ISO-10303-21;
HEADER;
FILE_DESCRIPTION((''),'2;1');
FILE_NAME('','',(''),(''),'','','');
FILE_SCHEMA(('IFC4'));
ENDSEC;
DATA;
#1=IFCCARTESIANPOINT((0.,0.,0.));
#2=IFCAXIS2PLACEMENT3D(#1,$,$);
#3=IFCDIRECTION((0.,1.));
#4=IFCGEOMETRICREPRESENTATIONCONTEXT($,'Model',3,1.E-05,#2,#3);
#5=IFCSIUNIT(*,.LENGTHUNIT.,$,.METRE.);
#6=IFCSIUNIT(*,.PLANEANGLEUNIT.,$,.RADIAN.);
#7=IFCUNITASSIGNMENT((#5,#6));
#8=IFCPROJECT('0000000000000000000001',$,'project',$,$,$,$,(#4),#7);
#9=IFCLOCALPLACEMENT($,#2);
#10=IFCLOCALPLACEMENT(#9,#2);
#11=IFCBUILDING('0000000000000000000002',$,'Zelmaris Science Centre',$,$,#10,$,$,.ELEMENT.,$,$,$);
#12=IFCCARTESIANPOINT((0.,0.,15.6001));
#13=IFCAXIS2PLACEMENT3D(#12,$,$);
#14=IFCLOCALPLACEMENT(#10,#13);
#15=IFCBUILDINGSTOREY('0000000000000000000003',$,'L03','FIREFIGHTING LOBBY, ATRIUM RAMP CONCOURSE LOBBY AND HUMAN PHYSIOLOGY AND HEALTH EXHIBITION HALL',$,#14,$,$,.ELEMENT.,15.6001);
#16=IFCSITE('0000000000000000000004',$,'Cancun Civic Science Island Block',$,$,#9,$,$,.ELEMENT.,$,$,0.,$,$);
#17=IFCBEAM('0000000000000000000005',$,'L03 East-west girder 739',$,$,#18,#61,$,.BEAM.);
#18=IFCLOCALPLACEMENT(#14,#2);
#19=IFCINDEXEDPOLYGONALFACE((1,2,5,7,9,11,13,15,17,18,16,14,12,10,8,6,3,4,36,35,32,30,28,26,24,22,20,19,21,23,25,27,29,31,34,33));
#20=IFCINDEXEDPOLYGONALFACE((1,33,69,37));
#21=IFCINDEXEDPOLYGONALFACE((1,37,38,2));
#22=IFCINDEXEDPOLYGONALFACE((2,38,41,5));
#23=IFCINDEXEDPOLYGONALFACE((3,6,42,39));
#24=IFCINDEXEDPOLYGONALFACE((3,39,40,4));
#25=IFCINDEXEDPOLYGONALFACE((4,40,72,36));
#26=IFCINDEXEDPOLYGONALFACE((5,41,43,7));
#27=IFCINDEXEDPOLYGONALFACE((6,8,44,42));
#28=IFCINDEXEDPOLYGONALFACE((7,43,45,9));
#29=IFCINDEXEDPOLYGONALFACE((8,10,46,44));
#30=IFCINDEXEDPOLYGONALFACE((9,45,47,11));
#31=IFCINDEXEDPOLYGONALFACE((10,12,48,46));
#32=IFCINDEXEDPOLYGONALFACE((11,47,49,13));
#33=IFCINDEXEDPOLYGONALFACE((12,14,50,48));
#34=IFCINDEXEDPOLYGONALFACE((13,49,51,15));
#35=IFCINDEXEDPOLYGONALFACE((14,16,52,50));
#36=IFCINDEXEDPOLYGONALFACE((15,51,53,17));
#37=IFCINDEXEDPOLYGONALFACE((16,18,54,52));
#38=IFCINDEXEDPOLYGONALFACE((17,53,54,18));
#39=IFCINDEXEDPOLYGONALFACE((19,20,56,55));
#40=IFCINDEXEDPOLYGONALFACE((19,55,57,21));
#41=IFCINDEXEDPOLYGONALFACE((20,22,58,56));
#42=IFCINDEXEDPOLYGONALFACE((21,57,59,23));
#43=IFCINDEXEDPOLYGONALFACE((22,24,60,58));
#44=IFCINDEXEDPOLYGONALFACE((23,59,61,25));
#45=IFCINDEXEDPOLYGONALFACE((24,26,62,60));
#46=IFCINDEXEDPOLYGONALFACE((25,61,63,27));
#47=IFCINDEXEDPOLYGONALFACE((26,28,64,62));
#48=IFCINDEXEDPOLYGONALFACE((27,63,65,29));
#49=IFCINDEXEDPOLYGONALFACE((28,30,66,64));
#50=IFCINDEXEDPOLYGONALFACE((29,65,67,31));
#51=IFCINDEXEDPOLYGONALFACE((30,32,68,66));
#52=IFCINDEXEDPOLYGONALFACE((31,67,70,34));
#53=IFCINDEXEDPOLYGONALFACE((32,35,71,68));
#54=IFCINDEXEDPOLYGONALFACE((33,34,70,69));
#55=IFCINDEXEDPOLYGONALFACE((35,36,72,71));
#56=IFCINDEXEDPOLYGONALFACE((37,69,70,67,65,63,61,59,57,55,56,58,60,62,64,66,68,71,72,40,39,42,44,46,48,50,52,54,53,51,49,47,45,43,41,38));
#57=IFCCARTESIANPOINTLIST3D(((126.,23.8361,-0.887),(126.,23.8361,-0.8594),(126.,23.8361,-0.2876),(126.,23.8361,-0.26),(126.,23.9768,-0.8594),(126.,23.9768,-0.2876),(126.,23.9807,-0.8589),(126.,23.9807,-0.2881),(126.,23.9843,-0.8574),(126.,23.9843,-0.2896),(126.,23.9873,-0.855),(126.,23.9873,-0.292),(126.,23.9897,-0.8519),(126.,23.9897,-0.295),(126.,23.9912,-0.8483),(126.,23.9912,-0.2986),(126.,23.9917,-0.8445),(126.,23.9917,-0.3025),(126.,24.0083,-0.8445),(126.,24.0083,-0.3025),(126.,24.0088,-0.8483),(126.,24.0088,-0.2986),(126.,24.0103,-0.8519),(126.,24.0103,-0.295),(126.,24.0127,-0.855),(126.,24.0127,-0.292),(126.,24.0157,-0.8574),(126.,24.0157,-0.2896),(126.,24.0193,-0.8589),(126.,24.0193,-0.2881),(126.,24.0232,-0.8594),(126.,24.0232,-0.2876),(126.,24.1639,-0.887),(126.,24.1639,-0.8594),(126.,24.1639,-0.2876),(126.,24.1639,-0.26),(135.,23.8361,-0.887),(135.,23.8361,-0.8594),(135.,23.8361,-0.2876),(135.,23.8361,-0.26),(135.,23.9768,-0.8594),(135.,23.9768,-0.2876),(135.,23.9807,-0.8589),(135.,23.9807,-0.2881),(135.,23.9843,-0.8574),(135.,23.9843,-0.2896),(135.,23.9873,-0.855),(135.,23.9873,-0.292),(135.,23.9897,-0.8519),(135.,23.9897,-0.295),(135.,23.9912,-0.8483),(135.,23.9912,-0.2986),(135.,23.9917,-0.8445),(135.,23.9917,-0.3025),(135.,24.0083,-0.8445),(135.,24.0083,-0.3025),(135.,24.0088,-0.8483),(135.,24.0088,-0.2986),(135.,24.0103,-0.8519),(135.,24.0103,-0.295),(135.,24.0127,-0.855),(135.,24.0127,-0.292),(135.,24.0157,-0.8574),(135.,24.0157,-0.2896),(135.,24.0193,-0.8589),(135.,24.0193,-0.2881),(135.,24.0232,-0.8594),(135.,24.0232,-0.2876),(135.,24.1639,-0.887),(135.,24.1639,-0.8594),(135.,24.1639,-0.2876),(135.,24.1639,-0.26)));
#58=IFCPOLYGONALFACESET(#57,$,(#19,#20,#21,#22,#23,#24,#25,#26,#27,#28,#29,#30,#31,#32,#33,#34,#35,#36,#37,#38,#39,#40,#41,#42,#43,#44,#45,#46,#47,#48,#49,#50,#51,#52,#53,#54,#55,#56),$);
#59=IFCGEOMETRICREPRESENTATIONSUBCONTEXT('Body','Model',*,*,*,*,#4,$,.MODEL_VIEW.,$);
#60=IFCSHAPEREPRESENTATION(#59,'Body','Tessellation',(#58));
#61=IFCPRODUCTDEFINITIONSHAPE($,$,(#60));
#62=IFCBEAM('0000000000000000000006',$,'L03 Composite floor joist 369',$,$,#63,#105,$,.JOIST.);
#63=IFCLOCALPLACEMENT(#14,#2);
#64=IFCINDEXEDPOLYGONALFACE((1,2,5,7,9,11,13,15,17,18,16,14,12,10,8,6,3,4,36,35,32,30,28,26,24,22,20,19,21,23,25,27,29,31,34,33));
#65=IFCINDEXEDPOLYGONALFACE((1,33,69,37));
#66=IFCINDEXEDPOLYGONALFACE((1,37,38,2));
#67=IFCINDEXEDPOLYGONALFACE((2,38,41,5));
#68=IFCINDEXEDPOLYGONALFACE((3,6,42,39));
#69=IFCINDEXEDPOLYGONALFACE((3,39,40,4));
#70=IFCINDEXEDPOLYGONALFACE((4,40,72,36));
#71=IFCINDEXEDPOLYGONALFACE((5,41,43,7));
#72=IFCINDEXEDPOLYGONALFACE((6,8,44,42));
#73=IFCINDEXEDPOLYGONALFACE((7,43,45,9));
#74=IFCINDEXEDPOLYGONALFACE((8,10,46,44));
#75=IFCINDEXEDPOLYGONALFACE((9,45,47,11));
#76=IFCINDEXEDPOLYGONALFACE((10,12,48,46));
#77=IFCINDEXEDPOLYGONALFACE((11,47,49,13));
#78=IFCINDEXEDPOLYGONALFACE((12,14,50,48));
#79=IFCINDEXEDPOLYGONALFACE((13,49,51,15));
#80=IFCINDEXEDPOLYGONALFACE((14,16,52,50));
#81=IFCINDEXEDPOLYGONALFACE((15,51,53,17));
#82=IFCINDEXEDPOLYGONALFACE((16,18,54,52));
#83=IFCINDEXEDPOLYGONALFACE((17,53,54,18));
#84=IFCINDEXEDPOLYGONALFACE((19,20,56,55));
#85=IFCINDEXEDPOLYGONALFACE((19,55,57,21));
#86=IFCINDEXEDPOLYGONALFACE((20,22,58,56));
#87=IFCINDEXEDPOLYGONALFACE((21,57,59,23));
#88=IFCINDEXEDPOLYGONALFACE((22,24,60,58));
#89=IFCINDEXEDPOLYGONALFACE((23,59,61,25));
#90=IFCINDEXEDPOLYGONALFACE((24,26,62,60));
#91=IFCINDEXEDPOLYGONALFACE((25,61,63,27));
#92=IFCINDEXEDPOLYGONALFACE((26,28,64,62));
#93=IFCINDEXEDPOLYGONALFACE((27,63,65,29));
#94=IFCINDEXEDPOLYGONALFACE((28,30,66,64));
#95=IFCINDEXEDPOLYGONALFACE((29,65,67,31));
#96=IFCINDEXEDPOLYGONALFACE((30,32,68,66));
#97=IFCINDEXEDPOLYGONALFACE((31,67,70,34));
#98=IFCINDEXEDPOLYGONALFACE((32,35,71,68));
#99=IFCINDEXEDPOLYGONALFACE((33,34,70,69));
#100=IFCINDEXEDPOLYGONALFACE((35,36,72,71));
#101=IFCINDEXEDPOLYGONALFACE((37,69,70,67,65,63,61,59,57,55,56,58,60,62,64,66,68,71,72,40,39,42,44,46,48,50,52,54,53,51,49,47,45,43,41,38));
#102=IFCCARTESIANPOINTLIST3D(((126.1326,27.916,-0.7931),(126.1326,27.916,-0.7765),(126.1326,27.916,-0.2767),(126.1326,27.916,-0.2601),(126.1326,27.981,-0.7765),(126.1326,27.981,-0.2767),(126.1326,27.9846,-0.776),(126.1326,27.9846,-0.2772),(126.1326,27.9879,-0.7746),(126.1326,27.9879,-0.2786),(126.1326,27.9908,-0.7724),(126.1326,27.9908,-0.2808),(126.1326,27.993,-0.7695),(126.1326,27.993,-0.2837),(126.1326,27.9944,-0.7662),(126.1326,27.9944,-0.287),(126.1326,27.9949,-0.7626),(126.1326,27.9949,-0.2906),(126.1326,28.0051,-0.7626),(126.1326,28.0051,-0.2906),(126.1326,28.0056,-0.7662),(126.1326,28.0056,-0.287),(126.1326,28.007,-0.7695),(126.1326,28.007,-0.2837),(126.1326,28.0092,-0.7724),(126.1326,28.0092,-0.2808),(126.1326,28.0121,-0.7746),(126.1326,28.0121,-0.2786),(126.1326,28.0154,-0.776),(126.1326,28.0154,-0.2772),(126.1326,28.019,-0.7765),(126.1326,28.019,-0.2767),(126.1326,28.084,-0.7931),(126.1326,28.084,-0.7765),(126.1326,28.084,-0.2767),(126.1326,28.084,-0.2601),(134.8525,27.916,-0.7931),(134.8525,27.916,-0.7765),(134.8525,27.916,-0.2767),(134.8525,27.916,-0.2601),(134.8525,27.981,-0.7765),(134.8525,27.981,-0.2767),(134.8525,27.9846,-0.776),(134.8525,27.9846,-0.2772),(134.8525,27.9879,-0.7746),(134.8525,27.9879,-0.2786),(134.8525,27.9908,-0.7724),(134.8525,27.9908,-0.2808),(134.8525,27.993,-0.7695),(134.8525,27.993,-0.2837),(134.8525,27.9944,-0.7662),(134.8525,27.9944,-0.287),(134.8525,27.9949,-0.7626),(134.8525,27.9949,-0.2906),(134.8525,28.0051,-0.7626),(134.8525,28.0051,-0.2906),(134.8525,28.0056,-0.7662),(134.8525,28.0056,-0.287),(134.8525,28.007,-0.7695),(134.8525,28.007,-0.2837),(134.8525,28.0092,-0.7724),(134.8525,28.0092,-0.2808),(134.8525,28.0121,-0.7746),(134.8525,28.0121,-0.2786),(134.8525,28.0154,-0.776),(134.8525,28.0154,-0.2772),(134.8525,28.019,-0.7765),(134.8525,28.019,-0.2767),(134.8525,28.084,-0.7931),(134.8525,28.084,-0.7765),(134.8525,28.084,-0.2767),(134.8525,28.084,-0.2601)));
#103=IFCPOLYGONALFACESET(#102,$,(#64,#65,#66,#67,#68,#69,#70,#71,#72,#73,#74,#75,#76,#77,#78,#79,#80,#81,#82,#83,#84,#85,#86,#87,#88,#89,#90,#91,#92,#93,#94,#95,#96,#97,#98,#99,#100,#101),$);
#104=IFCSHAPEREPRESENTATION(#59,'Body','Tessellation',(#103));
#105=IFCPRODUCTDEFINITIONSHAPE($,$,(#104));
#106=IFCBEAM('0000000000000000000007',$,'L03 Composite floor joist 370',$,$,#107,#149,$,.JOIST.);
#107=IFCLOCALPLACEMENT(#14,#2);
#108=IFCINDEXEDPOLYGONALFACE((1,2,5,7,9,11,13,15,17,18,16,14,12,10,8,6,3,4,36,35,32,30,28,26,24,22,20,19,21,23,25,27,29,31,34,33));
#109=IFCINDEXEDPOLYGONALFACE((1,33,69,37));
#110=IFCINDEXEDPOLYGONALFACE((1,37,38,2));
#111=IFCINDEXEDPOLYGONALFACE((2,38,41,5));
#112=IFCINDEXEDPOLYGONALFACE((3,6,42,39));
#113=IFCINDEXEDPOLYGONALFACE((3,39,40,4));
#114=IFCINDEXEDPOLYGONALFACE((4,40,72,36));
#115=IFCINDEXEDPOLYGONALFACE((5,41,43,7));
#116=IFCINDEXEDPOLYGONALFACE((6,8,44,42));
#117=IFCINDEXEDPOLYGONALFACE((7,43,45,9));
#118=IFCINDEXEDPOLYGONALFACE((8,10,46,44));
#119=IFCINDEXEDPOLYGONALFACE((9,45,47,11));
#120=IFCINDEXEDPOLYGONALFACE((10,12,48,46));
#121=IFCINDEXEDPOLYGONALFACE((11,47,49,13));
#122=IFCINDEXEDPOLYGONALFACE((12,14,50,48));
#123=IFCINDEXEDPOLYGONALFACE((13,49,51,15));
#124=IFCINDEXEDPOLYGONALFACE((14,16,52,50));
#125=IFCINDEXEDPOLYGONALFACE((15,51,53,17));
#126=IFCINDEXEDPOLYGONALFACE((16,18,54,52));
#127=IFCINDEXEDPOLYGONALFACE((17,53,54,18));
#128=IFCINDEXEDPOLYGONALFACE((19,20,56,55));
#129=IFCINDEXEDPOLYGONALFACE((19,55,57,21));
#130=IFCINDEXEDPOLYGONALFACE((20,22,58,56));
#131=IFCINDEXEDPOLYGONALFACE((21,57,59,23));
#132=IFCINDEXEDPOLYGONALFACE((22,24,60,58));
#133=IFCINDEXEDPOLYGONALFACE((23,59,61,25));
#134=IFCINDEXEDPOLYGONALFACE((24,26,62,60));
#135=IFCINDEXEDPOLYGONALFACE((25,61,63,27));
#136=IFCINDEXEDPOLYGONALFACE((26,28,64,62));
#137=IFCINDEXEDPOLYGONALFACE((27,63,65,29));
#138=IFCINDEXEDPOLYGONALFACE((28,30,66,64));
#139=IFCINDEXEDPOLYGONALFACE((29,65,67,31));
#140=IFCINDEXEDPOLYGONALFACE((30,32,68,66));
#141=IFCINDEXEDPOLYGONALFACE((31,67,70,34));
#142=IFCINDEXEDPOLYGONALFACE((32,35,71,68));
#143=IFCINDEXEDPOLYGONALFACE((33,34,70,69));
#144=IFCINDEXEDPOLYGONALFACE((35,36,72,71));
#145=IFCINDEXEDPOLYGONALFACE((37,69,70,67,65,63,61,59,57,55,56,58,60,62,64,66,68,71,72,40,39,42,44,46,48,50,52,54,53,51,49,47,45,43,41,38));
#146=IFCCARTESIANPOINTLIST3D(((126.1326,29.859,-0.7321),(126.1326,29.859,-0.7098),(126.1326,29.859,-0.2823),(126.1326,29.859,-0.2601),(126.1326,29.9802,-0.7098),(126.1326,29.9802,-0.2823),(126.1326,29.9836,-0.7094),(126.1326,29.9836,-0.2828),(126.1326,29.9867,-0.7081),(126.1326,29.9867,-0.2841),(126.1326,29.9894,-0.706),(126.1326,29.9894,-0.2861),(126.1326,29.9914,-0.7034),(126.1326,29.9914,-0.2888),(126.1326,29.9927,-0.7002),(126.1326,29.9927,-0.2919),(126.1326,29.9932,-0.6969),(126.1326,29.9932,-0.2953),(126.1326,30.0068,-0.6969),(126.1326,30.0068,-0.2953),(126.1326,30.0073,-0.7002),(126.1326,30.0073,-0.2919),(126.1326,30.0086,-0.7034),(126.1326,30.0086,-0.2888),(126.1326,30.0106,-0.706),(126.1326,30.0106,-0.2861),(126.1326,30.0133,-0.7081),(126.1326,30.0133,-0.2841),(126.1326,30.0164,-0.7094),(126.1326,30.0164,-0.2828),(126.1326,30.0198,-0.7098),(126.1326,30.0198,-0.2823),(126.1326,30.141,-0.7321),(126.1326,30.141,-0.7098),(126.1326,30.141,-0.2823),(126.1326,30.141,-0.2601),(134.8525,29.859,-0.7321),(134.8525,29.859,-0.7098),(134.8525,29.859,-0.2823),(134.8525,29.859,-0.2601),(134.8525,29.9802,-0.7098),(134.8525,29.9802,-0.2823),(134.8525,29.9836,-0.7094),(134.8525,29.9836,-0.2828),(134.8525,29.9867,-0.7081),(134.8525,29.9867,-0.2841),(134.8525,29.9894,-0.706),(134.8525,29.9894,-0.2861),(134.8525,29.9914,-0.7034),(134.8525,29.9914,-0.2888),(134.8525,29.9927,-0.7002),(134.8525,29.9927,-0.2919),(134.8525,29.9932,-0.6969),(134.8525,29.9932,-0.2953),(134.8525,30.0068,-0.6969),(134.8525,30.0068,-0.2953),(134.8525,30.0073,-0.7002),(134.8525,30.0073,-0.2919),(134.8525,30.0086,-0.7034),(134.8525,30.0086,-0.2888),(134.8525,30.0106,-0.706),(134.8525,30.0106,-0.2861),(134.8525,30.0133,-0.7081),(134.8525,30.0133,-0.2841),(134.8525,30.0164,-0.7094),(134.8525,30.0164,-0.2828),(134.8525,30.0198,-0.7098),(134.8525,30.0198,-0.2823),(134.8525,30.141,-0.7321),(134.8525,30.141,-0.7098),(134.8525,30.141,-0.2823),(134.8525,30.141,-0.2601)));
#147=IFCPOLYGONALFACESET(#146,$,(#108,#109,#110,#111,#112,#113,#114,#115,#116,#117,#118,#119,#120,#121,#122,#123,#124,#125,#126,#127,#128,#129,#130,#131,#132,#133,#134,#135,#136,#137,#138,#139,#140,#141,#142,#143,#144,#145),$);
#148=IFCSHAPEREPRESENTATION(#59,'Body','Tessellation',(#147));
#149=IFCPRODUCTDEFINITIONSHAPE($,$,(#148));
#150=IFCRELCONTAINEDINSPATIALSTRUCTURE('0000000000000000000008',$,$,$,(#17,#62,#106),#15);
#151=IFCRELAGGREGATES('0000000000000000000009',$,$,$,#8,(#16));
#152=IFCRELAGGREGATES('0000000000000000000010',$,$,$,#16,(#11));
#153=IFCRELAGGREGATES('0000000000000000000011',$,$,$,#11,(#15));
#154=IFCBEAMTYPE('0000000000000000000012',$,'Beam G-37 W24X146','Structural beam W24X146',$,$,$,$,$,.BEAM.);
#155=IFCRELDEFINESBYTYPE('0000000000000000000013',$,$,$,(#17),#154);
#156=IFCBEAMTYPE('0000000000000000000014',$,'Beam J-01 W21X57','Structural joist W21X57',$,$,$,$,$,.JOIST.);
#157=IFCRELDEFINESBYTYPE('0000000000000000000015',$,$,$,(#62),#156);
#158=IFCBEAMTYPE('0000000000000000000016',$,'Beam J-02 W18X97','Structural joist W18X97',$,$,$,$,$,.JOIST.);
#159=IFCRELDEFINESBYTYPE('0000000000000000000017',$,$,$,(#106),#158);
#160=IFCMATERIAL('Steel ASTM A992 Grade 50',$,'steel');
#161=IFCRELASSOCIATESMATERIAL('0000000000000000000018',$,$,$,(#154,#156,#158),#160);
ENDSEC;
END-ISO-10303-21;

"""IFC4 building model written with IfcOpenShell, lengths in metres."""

from ifc_helpers import new_model, si_unit, direction, frame, origin, origin_2d, place, context, subcontext, project, spatial, i_section, extrude, material, material_profile, profile_set, type_object, element, save


model = new_model("IFC4")

# Units and contexts
model_context = context("Model", 3, precision=1e-05, world=origin(), true_north=direction((0.0, 1.0)))
body_context = subcontext(model_context, "Body", "Model", "MODEL_VIEW")
ifc_project = project(units=[si_unit("LENGTHUNIT", "METRE"), si_unit("PLANEANGLEUNIT", "RADIAN")], contexts=[model_context])

# Site, building, storey
site_placement = place(None, origin())
site = spatial("IfcSite", under=ifc_project, at=site_placement, Name="Cancun Civic Science Island Block", CompositionType="ELEMENT", RefElevation=0.0)
building_placement = place(site_placement, origin())
building = spatial("IfcBuilding", under=site, at=building_placement, Name="Zelmaris Science Centre", CompositionType="ELEMENT")
storey_placement = place(building_placement, frame((0.0, 0.0, 15.6001)))
storey = spatial("IfcBuildingStorey", under=building, at=storey_placement, Name="L03", Description="FIREFIGHTING LOBBY, ATRIUM RAMP CONCOURSE LOBBY AND HUMAN PHYSIOLOGY AND HEALTH EXHIBITION HALL", CompositionType="ELEMENT", Elevation=15.6001)

# Shared definitions
ifc_material_1 = material(Name="Steel ASTM A992 Grade 50", Category="steel")

# Beams
ifc_material_profile_1 = material_profile(ifc_material_1, i_section(OverallWidth=0.3279, OverallDepth=0.627, WebThickness=0.0166, FlangeThickness=0.0276, FilletRadius=0.0149, at=origin_2d()), Name="W24X146")
ifc_profile_set_1 = profile_set([ifc_material_profile_1], Name="Steel ASTM A992 Grade 50")
beam_type_1 = type_object("IfcBeamType", Name="Beam G-37 W24X146", Description="Structural beam W24X146", PredefinedType="BEAM", material=ifc_profile_set_1)
beam_1_placement = place(storey_placement, frame((126.0, 24.0, -0.5735), z_axis=(1.0, 0.0, 0.0), x_axis=(0.0, 1.0, 0.0)))
element("IfcBeam", 1, at=beam_1_placement, inside=storey, type_object=beam_type_1, Name="L03 East-west girder 739", PredefinedType="BEAM", context=body_context, shape_type="SweptSolid", body=[
    extrude(i_section(OverallWidth=0.3279, OverallDepth=0.627, WebThickness=0.0166, FlangeThickness=0.0276, FilletRadius=0.0149, at=origin_2d()), origin(), (0.0, 0.0, 1.0), 9.0),
])
ifc_material_profile_2 = material_profile(ifc_material_1, i_section(OverallWidth=0.168, OverallDepth=0.533, WebThickness=0.0103, FlangeThickness=0.0166, FilletRadius=0.0139, at=origin_2d()), Name="W21X57")
ifc_profile_set_2 = profile_set([ifc_material_profile_2], Name="Steel ASTM A992 Grade 50")
beam_type_2 = type_object("IfcBeamType", Name="Beam J-01 W21X57", Description="Structural joist W21X57", PredefinedType="JOIST", material=ifc_profile_set_2)
beam_2_placement = place(storey_placement, frame((126.1326, 28.0, -0.5266), z_axis=(1.0, 0.0, 0.0), x_axis=(0.0, 1.0, 0.0)))
element("IfcBeam", 2, at=beam_2_placement, inside=storey, type_object=beam_type_2, Name="L03 Composite floor joist 369", PredefinedType="JOIST", context=body_context, shape_type="SweptSolid", body=[
    extrude(i_section(OverallWidth=0.168, OverallDepth=0.533, WebThickness=0.0103, FlangeThickness=0.0166, FilletRadius=0.0139, at=origin_2d()), origin(), (0.0, 0.0, 1.0), 8.72),
])
ifc_material_profile_3 = material_profile(ifc_material_1, i_section(OverallWidth=0.282, OverallDepth=0.4719, WebThickness=0.0137, FlangeThickness=0.0222, FilletRadius=0.0129, at=origin_2d()), Name="W18X97")
ifc_profile_set_3 = profile_set([ifc_material_profile_3], Name="Steel ASTM A992 Grade 50")
beam_type_3 = type_object("IfcBeamType", Name="Beam J-02 W18X97", Description="Structural joist W18X97", PredefinedType="JOIST", material=ifc_profile_set_3)
beam_3_placement = place(storey_placement, frame((126.1326, 30.0, -0.4961), z_axis=(1.0, 0.0, 0.0), x_axis=(0.0, 1.0, 0.0)))
element("IfcBeam", 3, at=beam_3_placement, inside=storey, type_object=beam_type_3, Name="L03 Composite floor joist 370", PredefinedType="JOIST", context=body_context, shape_type="SweptSolid", body=[
    extrude(i_section(OverallWidth=0.282, OverallDepth=0.4719, WebThickness=0.0137, FlangeThickness=0.0222, FilletRadius=0.0129, at=origin_2d()), origin(), (0.0, 0.0, 1.0), 8.72),
])

save(model, "model.ifc")
